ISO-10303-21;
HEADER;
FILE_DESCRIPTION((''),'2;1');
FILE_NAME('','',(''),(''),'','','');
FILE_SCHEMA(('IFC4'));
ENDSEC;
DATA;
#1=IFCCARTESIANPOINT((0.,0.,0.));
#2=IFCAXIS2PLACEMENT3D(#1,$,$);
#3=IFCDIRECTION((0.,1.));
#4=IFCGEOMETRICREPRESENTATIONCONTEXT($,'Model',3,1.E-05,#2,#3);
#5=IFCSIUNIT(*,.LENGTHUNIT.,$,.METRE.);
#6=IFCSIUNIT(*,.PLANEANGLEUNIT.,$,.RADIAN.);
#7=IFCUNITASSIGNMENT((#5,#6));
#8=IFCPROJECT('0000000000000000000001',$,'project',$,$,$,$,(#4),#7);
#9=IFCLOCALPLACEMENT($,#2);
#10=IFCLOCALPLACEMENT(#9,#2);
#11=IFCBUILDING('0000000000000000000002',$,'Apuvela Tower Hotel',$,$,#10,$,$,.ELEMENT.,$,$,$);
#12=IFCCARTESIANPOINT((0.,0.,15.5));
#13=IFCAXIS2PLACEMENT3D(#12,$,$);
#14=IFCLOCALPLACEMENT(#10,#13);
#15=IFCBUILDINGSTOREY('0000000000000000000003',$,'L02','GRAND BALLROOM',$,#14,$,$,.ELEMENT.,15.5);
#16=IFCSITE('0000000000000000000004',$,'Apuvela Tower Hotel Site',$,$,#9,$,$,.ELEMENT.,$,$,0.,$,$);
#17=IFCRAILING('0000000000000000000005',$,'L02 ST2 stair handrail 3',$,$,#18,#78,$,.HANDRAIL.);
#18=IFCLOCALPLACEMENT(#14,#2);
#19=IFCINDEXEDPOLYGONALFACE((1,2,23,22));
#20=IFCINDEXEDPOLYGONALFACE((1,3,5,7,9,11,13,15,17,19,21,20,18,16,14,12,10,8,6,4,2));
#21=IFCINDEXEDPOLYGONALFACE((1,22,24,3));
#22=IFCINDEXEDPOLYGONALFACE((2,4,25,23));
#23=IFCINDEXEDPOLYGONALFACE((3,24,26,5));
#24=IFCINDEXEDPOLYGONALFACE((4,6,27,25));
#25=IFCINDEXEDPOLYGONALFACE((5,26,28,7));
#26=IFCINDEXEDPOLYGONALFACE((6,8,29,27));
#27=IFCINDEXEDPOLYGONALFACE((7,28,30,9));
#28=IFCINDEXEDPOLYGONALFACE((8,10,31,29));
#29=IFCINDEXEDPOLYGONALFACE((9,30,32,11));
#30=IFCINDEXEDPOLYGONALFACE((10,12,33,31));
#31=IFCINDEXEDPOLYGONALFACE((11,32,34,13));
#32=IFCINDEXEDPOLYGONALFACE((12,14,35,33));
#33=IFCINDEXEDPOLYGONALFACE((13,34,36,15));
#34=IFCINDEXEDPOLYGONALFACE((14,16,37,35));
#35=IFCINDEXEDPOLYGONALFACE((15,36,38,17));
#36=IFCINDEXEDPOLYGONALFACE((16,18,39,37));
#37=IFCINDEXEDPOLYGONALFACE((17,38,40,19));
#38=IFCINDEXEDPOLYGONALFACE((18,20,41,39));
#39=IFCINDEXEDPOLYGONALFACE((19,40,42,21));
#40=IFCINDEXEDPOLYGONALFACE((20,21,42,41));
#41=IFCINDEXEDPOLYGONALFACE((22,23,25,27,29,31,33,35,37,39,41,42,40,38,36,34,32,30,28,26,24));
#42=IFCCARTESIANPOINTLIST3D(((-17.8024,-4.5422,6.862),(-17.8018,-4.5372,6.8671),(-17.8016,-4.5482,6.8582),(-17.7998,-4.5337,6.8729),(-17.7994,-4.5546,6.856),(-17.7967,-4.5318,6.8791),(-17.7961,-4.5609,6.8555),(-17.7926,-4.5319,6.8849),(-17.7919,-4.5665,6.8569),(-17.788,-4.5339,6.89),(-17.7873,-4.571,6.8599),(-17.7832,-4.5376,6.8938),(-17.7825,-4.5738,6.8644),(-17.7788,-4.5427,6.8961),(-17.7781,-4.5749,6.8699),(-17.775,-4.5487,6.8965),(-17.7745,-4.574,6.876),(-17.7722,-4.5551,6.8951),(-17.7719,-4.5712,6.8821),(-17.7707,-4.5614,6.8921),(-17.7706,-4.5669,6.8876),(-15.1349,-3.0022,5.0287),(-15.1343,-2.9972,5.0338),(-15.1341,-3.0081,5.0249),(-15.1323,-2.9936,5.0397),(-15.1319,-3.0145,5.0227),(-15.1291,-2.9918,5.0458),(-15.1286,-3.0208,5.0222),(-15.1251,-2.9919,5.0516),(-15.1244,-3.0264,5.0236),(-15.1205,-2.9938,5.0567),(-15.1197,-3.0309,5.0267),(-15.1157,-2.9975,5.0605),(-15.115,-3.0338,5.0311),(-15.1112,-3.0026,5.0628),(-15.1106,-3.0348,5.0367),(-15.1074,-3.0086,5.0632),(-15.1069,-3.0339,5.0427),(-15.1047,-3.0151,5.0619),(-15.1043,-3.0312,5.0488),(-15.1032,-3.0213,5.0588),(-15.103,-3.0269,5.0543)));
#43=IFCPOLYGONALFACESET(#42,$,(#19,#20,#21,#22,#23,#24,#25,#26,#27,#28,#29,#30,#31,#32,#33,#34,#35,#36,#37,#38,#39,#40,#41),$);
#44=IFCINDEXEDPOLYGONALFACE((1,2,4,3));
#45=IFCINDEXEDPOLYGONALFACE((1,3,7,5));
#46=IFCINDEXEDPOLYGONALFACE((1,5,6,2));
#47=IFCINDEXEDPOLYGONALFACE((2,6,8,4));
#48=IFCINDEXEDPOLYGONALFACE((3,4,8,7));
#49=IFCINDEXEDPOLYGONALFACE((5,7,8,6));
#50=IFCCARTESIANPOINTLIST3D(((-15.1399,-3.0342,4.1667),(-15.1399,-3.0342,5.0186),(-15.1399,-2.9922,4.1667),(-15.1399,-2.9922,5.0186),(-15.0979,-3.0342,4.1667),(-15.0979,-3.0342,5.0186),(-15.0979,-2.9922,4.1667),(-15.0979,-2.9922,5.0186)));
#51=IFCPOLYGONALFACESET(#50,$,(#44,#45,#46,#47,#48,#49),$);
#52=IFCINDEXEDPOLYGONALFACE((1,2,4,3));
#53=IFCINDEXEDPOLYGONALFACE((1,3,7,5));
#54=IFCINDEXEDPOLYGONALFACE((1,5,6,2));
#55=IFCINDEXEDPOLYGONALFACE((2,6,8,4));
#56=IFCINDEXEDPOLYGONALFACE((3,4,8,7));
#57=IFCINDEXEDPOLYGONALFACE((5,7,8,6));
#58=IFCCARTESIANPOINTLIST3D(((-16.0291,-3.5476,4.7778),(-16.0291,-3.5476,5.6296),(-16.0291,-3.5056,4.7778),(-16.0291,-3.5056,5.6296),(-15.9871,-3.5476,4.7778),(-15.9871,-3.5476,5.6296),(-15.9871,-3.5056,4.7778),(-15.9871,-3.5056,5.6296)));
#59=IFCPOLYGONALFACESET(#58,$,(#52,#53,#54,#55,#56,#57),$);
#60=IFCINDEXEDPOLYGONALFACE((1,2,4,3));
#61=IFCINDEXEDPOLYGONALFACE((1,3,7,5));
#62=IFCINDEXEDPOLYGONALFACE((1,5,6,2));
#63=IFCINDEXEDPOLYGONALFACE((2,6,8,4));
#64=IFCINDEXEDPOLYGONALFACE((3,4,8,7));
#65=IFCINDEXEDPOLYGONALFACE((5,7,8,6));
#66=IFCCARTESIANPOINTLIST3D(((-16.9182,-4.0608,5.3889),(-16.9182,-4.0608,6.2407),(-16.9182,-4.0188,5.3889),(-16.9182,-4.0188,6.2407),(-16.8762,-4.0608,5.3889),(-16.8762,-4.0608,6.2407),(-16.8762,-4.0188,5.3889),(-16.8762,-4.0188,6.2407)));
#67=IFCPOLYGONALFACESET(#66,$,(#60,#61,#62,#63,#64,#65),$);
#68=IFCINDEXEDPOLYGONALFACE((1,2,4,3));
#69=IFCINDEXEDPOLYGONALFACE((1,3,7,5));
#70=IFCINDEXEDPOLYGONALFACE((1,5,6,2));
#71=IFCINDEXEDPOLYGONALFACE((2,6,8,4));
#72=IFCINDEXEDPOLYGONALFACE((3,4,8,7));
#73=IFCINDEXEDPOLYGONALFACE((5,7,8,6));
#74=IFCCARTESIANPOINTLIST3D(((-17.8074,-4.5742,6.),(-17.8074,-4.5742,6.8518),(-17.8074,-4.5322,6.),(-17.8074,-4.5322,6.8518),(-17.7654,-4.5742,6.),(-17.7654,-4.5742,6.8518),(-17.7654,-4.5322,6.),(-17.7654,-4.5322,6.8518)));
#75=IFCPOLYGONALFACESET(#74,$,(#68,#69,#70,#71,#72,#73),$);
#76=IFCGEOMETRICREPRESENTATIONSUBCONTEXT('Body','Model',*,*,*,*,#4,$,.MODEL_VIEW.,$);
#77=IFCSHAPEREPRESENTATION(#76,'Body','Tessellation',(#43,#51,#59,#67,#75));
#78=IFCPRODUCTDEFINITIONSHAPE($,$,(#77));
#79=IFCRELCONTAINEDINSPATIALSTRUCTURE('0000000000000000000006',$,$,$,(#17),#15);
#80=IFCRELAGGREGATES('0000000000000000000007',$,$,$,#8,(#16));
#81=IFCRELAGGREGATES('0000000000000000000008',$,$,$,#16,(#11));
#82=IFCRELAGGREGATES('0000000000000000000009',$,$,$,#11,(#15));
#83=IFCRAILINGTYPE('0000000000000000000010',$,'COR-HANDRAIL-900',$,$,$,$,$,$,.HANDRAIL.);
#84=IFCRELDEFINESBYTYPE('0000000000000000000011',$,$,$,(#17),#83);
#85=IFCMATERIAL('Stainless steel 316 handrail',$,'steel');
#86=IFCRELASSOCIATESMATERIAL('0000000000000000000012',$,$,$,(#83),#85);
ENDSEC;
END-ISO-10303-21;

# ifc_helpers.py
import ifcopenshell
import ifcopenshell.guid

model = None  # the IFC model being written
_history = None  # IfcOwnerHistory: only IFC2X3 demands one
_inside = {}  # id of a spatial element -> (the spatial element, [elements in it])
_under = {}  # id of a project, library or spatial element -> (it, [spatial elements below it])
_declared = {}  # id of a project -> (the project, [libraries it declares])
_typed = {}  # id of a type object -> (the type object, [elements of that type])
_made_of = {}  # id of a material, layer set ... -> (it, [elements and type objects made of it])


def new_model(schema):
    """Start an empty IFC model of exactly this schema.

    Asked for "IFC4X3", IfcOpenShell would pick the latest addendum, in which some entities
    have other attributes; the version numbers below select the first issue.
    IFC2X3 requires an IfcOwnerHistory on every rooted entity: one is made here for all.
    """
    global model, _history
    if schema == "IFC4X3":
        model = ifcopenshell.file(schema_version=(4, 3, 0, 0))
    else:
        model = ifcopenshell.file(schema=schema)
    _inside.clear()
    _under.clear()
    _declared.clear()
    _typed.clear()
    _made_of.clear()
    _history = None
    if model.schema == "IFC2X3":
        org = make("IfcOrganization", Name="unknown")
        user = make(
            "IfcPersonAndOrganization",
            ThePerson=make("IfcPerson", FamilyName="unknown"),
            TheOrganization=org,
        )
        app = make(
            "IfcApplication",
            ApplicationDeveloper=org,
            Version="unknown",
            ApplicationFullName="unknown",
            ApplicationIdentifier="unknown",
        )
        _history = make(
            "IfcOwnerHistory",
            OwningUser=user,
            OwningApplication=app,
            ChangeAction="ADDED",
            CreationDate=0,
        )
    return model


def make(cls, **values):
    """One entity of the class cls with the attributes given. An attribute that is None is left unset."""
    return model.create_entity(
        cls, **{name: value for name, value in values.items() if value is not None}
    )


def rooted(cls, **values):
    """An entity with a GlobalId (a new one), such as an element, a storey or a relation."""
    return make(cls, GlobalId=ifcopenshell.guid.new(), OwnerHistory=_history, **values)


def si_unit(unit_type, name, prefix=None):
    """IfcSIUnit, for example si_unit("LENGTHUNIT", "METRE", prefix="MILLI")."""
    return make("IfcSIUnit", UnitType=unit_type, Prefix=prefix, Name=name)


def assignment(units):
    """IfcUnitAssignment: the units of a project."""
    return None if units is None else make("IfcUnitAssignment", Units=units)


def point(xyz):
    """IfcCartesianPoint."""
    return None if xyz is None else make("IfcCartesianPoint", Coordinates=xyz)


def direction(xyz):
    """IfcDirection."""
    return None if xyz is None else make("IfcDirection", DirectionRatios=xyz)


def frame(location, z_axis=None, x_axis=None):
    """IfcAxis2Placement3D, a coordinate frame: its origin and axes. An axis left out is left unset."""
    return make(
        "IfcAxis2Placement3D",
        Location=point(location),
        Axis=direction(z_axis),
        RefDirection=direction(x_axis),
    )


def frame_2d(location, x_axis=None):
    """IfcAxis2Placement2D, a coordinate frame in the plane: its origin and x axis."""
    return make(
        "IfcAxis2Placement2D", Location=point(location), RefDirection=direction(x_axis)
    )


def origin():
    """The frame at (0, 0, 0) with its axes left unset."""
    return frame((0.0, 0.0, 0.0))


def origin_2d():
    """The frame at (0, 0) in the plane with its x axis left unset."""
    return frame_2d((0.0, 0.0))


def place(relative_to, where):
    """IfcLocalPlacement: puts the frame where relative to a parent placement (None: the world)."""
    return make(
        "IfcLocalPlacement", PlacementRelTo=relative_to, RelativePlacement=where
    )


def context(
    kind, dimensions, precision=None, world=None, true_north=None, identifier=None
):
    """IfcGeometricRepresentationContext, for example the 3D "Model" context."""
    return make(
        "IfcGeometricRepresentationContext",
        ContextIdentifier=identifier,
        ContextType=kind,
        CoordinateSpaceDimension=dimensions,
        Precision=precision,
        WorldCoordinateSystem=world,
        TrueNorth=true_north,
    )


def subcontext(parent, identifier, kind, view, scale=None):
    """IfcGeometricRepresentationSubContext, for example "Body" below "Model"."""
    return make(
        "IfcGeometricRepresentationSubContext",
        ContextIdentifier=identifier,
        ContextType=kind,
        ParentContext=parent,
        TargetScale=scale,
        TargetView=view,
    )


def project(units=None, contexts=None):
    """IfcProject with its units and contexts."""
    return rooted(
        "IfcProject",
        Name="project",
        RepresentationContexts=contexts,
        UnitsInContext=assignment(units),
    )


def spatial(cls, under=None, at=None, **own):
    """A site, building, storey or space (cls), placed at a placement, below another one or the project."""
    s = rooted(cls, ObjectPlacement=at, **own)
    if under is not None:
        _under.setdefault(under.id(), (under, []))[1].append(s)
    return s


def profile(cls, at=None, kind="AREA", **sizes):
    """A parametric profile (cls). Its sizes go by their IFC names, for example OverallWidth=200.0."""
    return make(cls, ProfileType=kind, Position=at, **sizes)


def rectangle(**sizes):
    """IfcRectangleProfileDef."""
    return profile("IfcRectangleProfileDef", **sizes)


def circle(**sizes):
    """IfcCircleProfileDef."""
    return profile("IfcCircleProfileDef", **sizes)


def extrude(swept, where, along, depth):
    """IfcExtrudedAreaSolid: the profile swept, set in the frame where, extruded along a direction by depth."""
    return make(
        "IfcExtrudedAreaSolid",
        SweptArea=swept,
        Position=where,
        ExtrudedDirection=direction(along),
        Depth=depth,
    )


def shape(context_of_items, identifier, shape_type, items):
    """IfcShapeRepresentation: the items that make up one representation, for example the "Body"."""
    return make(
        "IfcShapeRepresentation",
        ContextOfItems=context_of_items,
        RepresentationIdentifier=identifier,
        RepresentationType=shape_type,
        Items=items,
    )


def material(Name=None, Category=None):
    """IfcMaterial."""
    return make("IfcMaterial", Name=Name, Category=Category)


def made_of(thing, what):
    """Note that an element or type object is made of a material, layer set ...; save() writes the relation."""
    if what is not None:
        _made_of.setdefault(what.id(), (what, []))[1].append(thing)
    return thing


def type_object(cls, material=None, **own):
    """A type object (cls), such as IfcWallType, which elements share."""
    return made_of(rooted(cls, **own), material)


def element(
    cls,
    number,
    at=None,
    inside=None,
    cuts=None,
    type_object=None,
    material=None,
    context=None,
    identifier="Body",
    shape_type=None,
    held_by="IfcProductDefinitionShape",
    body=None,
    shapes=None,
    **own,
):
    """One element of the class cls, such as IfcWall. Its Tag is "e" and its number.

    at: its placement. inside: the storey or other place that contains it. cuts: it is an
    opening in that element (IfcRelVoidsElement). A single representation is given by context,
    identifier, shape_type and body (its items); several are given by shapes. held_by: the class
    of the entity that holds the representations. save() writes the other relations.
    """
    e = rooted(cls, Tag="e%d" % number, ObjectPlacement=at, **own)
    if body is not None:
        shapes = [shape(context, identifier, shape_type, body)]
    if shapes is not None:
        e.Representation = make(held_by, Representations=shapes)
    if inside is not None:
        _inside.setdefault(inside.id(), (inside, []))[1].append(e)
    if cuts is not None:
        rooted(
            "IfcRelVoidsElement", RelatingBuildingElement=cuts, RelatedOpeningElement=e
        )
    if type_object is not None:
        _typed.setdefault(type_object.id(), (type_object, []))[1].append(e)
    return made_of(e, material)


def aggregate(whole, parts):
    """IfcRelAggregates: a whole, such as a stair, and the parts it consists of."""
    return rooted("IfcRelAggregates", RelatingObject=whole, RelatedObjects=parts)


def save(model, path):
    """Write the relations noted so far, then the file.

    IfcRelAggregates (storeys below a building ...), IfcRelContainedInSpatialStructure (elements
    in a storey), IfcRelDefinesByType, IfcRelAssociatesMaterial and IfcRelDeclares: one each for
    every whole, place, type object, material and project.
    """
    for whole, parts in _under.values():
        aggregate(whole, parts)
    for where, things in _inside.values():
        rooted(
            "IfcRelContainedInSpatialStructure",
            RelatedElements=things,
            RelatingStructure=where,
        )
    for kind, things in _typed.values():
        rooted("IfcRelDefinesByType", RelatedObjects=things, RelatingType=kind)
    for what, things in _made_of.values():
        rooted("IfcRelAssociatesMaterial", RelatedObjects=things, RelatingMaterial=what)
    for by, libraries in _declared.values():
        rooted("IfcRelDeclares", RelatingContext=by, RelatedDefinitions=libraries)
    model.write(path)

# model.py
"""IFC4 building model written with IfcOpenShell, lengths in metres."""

from ifc_helpers import new_model, si_unit, direction, frame, origin, origin_2d, place, context, subcontext, project, spatial, rectangle, circle, extrude, material, type_object, element, save


model = new_model("IFC4")

# Units and contexts
model_context = context("Model", 3, precision=1e-05, world=origin(), true_north=direction((0.0, 1.0)))
body_context = subcontext(model_context, "Body", "Model", "MODEL_VIEW")
ifc_project = project(units=[si_unit("LENGTHUNIT", "METRE"), si_unit("PLANEANGLEUNIT", "RADIAN")], contexts=[model_context])

# Site, building, storey
site_placement = place(None, origin())
site = spatial("IfcSite", under=ifc_project, at=site_placement, Name="Apuvela Tower Hotel Site", CompositionType="ELEMENT", RefElevation=0.0)
building_placement = place(site_placement, origin())
building = spatial("IfcBuilding", under=site, at=building_placement, Name="Apuvela Tower Hotel", CompositionType="ELEMENT")
storey_placement = place(building_placement, frame((0.0, 0.0, 15.5)))
storey = spatial("IfcBuildingStorey", under=building, at=storey_placement, Name="L02", Description="GRAND BALLROOM", CompositionType="ELEMENT", Elevation=15.5)

# Railing
ifc_material_1 = material(Name="Stainless steel 316 handrail", Category="steel")
railing_type_1 = type_object("IfcRailingType", Name="COR-HANDRAIL-900", PredefinedType="HANDRAIL", material=ifc_material_1)
for number, where, name in (
    (1, (-15.1189, -3.0132, 4.1667), "L02 ST2 stair handrail 3"),
):
    element("IfcRailing", number, at=place(storey_placement, frame(where)), inside=storey, type_object=railing_type_1, Name=name, PredefinedType="HANDRAIL", context=body_context, shape_type="SweptSolid", body=[
        extrude(circle(Radius=0.0239, at=origin_2d()), frame((0.0, 0.0, 0.876), z_axis=(-0.74419, -0.429649, 0.511452), x_axis=(0.499992, -0.86603, 0.0)), (0.0, 0.0, 1.0), 3.5845),
        extrude(rectangle(XDim=0.042, YDim=0.042, at=origin_2d()), origin(), (0.0, 0.0, 1.0), 0.8518),
        extrude(rectangle(XDim=0.042, YDim=0.042, at=origin_2d()), frame((-0.8892, -0.5134, 0.6111)), (0.0, 0.0, 1.0), 0.8518),
        extrude(rectangle(XDim=0.042, YDim=0.042, at=origin_2d()), frame((-1.7783, -1.0266, 1.2222)), (0.0, 0.0, 1.0), 0.8518),
        extrude(rectangle(XDim=0.042, YDim=0.042, at=origin_2d()), frame((-2.6675, -1.54, 1.8333)), (0.0, 0.0, 1.0), 0.8518),
    ])

save(model, "model.ifc")
